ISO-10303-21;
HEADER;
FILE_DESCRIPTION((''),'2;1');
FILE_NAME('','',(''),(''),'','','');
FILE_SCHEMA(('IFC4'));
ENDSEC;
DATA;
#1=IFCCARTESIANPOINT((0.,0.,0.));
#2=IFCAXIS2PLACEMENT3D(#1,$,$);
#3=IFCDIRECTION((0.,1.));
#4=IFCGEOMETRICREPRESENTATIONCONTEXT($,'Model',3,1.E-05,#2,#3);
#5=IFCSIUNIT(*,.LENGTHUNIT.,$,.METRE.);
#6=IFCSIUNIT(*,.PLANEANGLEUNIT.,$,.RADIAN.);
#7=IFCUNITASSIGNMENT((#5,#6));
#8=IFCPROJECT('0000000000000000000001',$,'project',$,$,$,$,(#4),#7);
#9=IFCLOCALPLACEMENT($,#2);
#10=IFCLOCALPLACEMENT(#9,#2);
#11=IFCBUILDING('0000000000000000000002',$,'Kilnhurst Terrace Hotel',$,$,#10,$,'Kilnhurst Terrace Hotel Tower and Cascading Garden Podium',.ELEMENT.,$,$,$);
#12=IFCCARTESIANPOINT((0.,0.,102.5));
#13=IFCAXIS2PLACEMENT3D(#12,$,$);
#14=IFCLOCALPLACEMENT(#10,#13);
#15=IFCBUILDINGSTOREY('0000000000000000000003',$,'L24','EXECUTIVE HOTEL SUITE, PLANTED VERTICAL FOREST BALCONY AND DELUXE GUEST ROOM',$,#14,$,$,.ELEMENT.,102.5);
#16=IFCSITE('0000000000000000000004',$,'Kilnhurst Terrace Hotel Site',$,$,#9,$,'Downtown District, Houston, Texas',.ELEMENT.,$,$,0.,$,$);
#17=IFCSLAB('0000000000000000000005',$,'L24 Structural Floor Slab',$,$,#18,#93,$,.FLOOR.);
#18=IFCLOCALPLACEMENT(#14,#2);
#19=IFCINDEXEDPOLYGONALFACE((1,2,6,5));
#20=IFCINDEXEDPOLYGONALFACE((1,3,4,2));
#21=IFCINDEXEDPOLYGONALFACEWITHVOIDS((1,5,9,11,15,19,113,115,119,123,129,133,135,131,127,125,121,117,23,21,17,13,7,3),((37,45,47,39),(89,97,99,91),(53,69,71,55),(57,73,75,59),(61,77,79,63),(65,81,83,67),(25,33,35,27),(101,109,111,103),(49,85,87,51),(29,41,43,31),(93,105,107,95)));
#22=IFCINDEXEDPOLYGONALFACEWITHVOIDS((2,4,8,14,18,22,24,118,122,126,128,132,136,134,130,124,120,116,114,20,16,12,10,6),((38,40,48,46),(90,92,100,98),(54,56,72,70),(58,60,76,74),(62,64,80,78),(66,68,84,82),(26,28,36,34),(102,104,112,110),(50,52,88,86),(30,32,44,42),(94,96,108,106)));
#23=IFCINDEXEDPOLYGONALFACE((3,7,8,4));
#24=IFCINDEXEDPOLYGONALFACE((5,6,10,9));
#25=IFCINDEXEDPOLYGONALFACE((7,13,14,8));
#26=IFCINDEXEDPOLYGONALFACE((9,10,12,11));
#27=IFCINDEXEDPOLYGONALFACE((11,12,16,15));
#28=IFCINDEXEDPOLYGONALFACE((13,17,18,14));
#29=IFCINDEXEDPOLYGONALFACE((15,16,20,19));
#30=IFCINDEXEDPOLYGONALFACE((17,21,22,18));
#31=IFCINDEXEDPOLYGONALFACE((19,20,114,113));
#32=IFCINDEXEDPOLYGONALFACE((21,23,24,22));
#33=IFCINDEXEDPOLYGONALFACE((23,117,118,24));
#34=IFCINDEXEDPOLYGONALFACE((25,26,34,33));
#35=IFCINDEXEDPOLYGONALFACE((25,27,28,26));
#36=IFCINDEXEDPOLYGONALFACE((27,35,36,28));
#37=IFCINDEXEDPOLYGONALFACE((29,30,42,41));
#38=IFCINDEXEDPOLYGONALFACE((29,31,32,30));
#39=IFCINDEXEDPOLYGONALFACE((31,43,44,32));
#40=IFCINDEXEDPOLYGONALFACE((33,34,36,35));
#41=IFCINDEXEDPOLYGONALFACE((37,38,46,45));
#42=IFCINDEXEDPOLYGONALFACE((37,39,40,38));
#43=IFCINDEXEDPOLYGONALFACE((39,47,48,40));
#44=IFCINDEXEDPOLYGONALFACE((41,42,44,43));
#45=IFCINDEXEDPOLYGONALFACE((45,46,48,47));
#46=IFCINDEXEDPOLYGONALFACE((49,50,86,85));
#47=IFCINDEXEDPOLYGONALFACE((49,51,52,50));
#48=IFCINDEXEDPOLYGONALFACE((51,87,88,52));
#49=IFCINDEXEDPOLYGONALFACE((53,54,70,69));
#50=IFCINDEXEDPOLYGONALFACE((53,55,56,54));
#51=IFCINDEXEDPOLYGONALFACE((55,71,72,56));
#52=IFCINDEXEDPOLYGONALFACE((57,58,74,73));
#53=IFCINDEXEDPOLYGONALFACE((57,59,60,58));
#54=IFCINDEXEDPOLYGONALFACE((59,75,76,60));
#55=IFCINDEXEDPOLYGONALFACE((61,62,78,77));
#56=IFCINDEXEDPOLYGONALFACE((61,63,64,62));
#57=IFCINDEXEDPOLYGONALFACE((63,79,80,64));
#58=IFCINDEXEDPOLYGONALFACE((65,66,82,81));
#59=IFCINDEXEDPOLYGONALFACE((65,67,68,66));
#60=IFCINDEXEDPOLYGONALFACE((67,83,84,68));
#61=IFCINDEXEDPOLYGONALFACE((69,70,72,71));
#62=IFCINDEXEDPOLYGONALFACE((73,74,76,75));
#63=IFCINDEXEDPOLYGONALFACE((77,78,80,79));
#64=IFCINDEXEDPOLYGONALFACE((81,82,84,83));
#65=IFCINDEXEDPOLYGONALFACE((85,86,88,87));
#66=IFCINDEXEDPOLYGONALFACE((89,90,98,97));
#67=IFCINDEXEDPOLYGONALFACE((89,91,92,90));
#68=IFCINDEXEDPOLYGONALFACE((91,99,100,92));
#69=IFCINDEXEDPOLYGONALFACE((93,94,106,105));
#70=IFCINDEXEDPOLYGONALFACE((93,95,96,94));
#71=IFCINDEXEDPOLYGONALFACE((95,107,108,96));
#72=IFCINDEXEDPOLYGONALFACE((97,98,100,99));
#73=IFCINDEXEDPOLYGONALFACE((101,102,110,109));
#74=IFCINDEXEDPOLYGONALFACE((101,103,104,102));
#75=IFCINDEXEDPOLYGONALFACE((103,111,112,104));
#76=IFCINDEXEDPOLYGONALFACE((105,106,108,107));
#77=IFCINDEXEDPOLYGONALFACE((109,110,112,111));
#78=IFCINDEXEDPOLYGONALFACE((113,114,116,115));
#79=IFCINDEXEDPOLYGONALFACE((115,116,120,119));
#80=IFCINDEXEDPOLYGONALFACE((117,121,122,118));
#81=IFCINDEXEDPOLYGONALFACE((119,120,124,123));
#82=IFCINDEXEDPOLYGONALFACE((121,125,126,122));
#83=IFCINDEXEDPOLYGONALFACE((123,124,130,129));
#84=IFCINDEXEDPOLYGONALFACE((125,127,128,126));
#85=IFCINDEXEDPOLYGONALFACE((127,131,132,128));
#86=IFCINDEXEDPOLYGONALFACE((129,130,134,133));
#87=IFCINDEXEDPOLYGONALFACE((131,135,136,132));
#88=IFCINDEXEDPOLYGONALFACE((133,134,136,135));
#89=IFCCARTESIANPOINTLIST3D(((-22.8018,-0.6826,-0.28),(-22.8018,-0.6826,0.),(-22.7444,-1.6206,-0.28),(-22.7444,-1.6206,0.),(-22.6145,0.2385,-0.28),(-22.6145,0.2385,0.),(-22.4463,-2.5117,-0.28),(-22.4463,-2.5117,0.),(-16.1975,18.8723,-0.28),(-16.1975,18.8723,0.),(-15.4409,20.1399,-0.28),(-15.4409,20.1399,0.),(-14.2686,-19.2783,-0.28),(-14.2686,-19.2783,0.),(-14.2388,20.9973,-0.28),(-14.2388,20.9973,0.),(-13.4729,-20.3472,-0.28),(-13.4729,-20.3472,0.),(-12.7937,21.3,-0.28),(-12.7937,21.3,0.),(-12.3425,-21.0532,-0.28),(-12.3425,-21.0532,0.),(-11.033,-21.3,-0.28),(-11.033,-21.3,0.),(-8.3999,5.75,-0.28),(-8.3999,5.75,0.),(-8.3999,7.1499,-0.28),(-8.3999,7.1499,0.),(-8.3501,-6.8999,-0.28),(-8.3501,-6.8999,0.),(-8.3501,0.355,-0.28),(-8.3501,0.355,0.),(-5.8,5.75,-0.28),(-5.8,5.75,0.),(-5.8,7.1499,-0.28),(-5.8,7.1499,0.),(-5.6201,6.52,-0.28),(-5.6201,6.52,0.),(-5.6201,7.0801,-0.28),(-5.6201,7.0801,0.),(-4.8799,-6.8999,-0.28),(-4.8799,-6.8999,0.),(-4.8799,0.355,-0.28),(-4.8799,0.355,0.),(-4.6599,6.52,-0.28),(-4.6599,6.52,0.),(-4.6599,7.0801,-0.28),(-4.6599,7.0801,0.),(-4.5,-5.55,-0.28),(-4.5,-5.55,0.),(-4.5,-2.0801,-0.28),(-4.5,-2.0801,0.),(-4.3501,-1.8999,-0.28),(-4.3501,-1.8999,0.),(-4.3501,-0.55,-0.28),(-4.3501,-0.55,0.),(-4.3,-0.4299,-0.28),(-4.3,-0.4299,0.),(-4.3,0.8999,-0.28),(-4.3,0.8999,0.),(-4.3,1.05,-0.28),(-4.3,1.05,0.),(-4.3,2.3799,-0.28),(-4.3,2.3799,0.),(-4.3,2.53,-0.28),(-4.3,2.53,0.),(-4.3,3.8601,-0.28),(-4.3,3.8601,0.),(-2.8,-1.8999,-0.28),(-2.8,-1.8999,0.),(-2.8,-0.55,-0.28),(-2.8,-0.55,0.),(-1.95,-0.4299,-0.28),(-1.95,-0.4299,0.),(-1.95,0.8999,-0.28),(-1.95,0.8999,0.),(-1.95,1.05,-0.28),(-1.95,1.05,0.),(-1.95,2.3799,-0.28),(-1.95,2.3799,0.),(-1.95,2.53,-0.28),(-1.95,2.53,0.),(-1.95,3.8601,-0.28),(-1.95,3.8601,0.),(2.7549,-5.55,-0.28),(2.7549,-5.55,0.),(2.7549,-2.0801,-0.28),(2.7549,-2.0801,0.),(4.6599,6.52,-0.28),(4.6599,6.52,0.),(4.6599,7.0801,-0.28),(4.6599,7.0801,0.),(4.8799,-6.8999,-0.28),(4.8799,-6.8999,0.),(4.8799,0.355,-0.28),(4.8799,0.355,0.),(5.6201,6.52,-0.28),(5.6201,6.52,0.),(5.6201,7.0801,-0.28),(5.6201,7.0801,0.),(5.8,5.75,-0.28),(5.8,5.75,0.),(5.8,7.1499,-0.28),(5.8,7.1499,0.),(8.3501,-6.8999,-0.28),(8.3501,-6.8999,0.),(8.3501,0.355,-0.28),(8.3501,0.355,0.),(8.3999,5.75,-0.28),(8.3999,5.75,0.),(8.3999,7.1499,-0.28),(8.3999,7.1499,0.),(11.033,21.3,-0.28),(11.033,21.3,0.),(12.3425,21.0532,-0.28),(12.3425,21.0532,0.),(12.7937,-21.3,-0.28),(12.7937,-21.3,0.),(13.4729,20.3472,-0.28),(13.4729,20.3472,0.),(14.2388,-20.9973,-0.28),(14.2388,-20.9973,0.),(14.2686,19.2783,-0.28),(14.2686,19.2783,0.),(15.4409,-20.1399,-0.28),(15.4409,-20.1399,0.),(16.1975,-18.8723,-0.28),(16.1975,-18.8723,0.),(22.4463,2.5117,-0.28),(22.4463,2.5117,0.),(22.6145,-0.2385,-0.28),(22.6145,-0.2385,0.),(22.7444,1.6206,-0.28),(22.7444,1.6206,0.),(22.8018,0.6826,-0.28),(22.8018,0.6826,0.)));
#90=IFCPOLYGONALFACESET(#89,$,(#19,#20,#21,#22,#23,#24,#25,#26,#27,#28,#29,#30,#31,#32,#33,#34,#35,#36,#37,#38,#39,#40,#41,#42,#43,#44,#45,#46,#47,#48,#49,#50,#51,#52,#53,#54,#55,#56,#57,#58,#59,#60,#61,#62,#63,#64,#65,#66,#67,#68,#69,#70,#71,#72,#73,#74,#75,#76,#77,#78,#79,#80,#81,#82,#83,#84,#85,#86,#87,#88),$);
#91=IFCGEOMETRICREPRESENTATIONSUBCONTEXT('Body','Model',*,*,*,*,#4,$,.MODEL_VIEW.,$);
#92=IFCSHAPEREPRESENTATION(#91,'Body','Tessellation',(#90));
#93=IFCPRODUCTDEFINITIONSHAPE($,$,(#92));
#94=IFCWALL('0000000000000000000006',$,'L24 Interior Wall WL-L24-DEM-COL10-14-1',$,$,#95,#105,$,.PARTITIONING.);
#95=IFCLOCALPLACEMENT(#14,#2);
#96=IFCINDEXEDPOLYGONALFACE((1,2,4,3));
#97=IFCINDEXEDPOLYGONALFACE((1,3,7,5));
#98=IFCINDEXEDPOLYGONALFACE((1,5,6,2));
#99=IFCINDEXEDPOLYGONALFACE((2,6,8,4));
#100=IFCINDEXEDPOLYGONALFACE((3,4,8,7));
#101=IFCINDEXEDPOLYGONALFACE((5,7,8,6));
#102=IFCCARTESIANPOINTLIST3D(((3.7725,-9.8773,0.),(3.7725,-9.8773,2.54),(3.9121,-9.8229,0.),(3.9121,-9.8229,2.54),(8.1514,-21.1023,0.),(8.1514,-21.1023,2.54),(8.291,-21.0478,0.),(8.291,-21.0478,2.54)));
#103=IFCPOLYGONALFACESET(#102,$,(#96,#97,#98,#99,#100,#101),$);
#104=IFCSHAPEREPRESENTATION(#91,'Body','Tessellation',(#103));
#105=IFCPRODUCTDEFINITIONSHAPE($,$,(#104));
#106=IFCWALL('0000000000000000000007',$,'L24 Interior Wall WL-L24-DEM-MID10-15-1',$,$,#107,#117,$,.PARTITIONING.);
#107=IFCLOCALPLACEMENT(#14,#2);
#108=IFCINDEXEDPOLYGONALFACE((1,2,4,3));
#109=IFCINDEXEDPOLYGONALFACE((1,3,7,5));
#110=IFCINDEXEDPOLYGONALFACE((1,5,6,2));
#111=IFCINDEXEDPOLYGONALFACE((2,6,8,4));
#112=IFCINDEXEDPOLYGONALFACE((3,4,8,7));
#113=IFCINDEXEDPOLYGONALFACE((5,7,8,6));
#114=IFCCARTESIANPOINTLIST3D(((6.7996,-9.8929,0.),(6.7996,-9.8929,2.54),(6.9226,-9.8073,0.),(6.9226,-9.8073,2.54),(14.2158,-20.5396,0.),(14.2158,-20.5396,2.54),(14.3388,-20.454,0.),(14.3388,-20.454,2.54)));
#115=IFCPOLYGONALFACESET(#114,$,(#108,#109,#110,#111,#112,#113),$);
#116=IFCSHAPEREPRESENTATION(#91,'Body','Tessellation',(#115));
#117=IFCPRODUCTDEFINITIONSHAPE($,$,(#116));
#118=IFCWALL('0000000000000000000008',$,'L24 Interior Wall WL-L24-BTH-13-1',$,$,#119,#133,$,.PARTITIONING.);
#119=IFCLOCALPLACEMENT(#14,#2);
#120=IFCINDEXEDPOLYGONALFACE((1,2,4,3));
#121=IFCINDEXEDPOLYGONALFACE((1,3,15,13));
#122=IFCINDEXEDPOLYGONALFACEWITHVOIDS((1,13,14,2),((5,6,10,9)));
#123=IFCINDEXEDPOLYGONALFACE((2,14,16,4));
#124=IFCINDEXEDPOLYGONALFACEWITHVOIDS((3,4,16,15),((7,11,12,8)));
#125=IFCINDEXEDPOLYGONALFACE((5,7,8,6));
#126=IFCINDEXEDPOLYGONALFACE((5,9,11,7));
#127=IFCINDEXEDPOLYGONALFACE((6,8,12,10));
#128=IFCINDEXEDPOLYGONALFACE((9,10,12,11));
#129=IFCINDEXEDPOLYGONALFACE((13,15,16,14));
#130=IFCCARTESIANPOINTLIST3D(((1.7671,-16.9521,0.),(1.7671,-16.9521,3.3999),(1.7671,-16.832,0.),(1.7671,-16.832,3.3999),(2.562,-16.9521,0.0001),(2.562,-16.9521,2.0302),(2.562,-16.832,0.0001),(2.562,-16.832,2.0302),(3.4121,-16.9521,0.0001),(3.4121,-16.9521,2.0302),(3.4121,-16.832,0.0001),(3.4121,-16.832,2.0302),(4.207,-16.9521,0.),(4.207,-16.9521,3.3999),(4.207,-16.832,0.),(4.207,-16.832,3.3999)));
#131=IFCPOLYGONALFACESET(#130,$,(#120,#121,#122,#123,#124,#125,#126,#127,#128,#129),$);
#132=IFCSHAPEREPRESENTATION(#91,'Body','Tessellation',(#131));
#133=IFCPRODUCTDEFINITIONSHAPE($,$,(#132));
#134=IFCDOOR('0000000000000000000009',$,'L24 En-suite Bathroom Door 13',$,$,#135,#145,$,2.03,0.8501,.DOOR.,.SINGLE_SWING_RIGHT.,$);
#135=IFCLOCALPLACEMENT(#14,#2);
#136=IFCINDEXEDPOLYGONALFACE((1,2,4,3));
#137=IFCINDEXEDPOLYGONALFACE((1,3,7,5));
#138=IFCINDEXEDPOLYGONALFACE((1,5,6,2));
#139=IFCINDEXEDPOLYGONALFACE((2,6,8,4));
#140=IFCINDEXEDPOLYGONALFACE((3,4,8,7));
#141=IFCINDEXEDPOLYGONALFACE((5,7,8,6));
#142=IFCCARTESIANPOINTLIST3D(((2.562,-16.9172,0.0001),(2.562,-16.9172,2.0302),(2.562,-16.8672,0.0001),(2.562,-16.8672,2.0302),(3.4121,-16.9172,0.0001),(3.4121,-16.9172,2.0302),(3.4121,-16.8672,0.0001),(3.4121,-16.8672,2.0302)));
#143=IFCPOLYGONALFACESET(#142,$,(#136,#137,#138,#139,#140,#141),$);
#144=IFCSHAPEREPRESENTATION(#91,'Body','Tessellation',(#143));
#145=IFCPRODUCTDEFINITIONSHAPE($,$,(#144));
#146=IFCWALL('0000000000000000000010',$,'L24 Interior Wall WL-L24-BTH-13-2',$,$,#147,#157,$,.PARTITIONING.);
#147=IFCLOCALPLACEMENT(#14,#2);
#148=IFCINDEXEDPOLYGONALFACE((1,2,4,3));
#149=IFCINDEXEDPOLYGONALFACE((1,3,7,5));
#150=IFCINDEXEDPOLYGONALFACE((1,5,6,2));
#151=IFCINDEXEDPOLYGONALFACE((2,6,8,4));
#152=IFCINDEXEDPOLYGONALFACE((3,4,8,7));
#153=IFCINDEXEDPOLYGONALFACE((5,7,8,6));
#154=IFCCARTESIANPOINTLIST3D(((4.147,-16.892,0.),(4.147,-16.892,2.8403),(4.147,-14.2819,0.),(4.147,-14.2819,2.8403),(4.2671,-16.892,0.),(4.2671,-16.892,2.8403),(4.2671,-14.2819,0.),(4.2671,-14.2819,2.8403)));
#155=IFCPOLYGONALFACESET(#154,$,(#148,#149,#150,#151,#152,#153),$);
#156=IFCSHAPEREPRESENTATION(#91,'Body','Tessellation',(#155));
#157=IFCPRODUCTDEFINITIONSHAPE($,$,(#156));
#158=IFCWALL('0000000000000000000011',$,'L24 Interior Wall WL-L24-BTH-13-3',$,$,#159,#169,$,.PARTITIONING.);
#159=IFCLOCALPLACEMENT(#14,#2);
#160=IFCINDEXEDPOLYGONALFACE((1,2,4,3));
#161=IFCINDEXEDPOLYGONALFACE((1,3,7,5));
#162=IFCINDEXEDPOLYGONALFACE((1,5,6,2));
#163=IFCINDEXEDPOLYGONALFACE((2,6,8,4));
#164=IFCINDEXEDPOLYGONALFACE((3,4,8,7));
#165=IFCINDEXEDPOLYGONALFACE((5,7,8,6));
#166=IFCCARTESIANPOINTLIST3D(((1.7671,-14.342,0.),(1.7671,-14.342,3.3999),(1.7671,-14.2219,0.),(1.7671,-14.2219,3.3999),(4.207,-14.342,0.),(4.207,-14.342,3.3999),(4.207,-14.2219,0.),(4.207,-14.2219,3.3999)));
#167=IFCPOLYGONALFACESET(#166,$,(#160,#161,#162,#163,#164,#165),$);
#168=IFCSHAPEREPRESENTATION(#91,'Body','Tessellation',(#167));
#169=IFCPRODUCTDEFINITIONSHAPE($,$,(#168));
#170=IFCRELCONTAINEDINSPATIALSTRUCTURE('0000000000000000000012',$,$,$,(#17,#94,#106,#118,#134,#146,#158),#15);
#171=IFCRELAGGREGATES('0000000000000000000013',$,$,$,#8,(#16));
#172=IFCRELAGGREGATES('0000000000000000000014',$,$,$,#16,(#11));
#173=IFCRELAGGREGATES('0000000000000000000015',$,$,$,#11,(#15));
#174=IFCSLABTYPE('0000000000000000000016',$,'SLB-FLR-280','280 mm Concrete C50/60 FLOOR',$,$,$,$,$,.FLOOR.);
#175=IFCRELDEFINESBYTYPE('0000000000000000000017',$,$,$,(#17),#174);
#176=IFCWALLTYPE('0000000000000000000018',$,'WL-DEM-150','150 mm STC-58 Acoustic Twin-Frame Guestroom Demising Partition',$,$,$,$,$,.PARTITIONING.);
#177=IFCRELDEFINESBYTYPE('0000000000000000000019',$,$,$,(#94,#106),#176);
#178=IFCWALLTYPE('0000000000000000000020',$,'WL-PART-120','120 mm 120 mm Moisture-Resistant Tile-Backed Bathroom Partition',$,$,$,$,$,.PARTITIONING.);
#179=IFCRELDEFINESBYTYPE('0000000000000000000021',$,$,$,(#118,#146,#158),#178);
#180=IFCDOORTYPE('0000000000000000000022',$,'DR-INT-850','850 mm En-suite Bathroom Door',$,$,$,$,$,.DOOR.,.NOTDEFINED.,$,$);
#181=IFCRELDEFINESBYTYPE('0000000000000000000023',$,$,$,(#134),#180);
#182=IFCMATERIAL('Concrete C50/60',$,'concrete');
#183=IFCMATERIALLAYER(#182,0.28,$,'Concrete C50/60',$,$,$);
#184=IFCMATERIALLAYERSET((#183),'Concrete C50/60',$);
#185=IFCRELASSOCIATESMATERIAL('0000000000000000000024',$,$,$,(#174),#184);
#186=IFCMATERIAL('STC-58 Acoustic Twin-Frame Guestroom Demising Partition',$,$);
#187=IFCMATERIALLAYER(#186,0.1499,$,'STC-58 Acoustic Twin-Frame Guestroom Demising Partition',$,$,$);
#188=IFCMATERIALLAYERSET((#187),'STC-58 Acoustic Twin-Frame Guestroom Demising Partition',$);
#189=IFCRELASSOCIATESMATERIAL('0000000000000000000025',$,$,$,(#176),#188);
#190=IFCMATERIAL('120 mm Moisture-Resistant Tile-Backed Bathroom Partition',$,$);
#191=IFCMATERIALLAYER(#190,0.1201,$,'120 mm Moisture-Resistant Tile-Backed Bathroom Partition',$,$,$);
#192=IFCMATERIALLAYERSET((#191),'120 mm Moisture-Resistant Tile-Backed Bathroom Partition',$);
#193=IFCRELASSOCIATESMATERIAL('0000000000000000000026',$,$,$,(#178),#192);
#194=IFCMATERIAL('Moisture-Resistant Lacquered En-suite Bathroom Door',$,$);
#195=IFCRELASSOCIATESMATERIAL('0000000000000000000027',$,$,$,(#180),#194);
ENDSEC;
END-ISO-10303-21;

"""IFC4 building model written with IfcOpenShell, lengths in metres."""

from ifc_helpers import new_model, si_unit, direction, frame, frame_2d, origin, place, context, subcontext, project, spatial, polyline, rectangle, outline, extrude, material, layer, layer_set, type_object, element, fill, save


model = new_model("IFC4")

# Units and contexts
model_context = context("Model", 3, precision=1e-05, world=origin(), true_north=direction((0.0, 1.0)))
body_context = subcontext(model_context, "Body", "Model", "MODEL_VIEW")
ifc_project = project(units=[si_unit("LENGTHUNIT", "METRE"), si_unit("PLANEANGLEUNIT", "RADIAN")], contexts=[model_context])

# Site, building, storey
site_placement = place(None, origin())
site = spatial("IfcSite", under=ifc_project, at=site_placement, Name="Kilnhurst Terrace Hotel Site", LongName="Downtown District, Houston, Texas", CompositionType="ELEMENT", RefElevation=0.0)
building_placement = place(site_placement, origin())
building = spatial("IfcBuilding", under=site, at=building_placement, Name="Kilnhurst Terrace Hotel", LongName="Kilnhurst Terrace Hotel Tower and Cascading Garden Podium", CompositionType="ELEMENT")
storey_placement = place(building_placement, frame((0.0, 0.0, 102.5)))
storey = spatial("IfcBuildingStorey", under=building, at=storey_placement, Name="L24", Description="EXECUTIVE HOTEL SUITE, PLANTED VERTICAL FOREST BALCONY AND DELUXE GUEST ROOM", CompositionType="ELEMENT", Elevation=102.5)

# Shared definitions
ifc_material_1 = material(Name="Concrete C50/60", Category="concrete")

# Slab
ifc_layer_1 = layer(ifc_material_1, 0.28, Name="Concrete C50/60")
ifc_layer_set_1 = layer_set([ifc_layer_1], Name="Concrete C50/60")
slab_type_1 = type_object("IfcSlabType", Name="SLB-FLR-280", Description="280 mm Concrete C50/60 FLOOR", PredefinedType="FLOOR", material=ifc_layer_set_1)
slab_1_placement = place(storey_placement, frame((0.0, 0.0, -0.28)))
element("IfcSlab", 1, at=slab_1_placement, inside=storey, type_object=slab_type_1, Name="L24 Structural Floor Slab", PredefinedType="FLOOR", context=body_context, shape_type="SweptSolid", body=[
    extrude(outline(polyline([(-14.2686, -19.2783), (-13.4729, -20.3472), (-12.3425, -21.0532), (-11.033, -21.3), (12.7937, -21.3), (14.2388, -20.9973), (15.4409, -20.1399), (16.1975, -18.8723), (22.6145, -0.2385), (22.8018, 0.6826), (22.7444, 1.6206), (22.4463, 2.5117), (14.2686, 19.2783), (13.4729, 20.3472), (12.3425, 21.0532), (11.033, 21.3), (-12.7937, 21.3), (-14.2388, 20.9973), (-15.4409, 20.1399), (-16.1975, 18.8723), (-22.6145, 0.2385), (-22.8018, -0.6826), (-22.7444, -1.6206), (-22.4463, -2.5117), (-14.2686, -19.2783)]), holes=[polyline([(-8.3501, 0.355), (-4.8799, 0.355), (-4.8799, -6.8999), (-8.3501, -6.8999), (-8.3501, 0.355)]), polyline([(-2.8, -1.8999), (-4.3501, -1.8999), (-4.3501, -0.55), (-2.8, -0.55), (-2.8, -1.8999)]), polyline([(-1.95, -0.4299), (-4.3, -0.4299), (-4.3, 0.8999), (-1.95, 0.8999), (-1.95, -0.4299)]), polyline([(-4.3, 1.05), (-4.3, 2.3799), (-1.95, 2.3799), (-1.95, 1.05), (-4.3, 1.05)]), polyline([(-8.3999, 5.75), (-8.3999, 7.1499), (-5.8, 7.1499), (-5.8, 5.75), (-8.3999, 5.75)]), polyline([(-4.6599, 6.52), (-5.6201, 6.52), (-5.6201, 7.0801), (-4.6599, 7.0801), (-4.6599, 6.52)]), polyline([(2.7549, -5.55), (-4.5, -5.55), (-4.5, -2.0801), (2.7549, -2.0801), (2.7549, -5.55)]), polyline([(8.3501, 0.355), (8.3501, -6.8999), (4.8799, -6.8999), (4.8799, 0.355), (8.3501, 0.355)]), polyline([(-1.95, 2.53), (-4.3, 2.53), (-4.3, 3.8601), (-1.95, 3.8601), (-1.95, 2.53)]), polyline([(5.8, 5.75), (5.8, 7.1499), (8.3999, 7.1499), (8.3999, 5.75), (5.8, 5.75)]), polyline([(4.6599, 6.52), (4.6599, 7.0801), (5.6201, 7.0801), (5.6201, 6.52), (4.6599, 6.52)])]), origin(), (0.0, 0.0, 1.0), 0.28),
])

# Walls
ifc_material_2 = material(Name="STC-58 Acoustic Twin-Frame Guestroom Demising Partition")
ifc_layer_2 = layer(ifc_material_2, 0.1499, Name="STC-58 Acoustic Twin-Frame Guestroom Demising Partition")
ifc_layer_set_2 = layer_set([ifc_layer_2], Name="STC-58 Acoustic Twin-Frame Guestroom Demising Partition")
wall_type_1 = type_object("IfcWallType", Name="WL-DEM-150", Description="150 mm STC-58 Acoustic Twin-Frame Guestroom Demising Partition", PredefinedType="PARTITIONING", material=ifc_layer_set_2)
wall_1_placement = place(storey_placement, frame((3.8423, -9.8501, 0.0), z_axis=(0.0, 0.0, 1.0), x_axis=(0.363433, -0.93162, 0.0)))
element("IfcWall", 2, at=wall_1_placement, inside=storey, type_object=wall_type_1, Name="L24 Interior Wall WL-L24-DEM-COL10-14-1", PredefinedType="PARTITIONING", context=body_context, shape_type="SweptSolid", body=[
    extrude(rectangle(XDim=12.0488, YDim=0.1499, at=frame_2d((6.0244, 0.0))), origin(), (0.0, 0.0, 1.0), 2.54),
])
wall_2_placement = place(storey_placement, frame((6.8611, -9.8501, 0.0), z_axis=(0.0, 0.0, 1.0), x_axis=(0.571575, -0.82055, 0.0)))
element("IfcWall", 3, at=wall_2_placement, inside=storey, type_object=wall_type_1, Name="L24 Interior Wall WL-L24-DEM-MID10-15-1", PredefinedType="PARTITIONING", context=body_context, shape_type="SweptSolid", body=[
    extrude(rectangle(XDim=12.9751, YDim=0.1499, at=frame_2d((6.4875, 0.0))), origin(), (0.0, 0.0, 1.0), 2.54),
])

# Wall, opening, door
ifc_material_3 = material(Name="120 mm Moisture-Resistant Tile-Backed Bathroom Partition")
ifc_layer_3 = layer(ifc_material_3, 0.1201, Name="120 mm Moisture-Resistant Tile-Backed Bathroom Partition")
ifc_layer_set_3 = layer_set([ifc_layer_3], Name="120 mm Moisture-Resistant Tile-Backed Bathroom Partition")
wall_type_2 = type_object("IfcWallType", Name="WL-PART-120", Description="120 mm 120 mm Moisture-Resistant Tile-Backed Bathroom Partition", PredefinedType="PARTITIONING", material=ifc_layer_set_3)
wall_3_placement = place(storey_placement, frame((1.7671, -16.8921, 0.0), z_axis=(0.0, 0.0, 1.0), x_axis=(1.0, 0.0, 0.0)))
wall_3 = element("IfcWall", 4, at=wall_3_placement, inside=storey, type_object=wall_type_2, Name="L24 Interior Wall WL-L24-BTH-13-1", PredefinedType="PARTITIONING", context=body_context, shape_type="SweptSolid", body=[
    extrude(rectangle(XDim=2.4399, YDim=0.1201, at=frame_2d((1.22, 0.0))), origin(), (0.0, 0.0, 1.0), 3.3999),
])
opening_placement = place(wall_3_placement, frame((0.7949, 0.0, 0.0)))
opening = element("IfcOpeningElement", 5, at=opening_placement, cuts=wall_3, PredefinedType="OPENING", context=body_context, shape_type="SweptSolid", body=[
    extrude(rectangle(XDim=0.8501, YDim=2.03, at=frame_2d((0.425, 1.0151))), frame((0.0, 0.0701, 0.0), z_axis=(0.0, -1.0, 0.0), x_axis=(1.0, 0.0, 0.0)), (0.0, 0.0, 1.0), 0.1401),
])
ifc_material_4 = material(Name="Moisture-Resistant Lacquered En-suite Bathroom Door")
door_type = type_object("IfcDoorType", Name="DR-INT-850", Description="850 mm En-suite Bathroom Door", OperationType="NOTDEFINED", PredefinedType="DOOR", material=ifc_material_4)
door_placement = place(opening_placement, origin())
door = element("IfcDoor", 6, at=door_placement, inside=storey, type_object=door_type, Name="L24 En-suite Bathroom Door 13", OperationType="SINGLE_SWING_RIGHT", OverallHeight=2.03, OverallWidth=0.8501, PredefinedType="DOOR", context=body_context, shape_type="SweptSolid", body=[
    extrude(rectangle(XDim=0.8501, YDim=2.03, at=frame_2d((0.425, 1.0151))), frame((0.0, 0.0249, 0.0), z_axis=(0.0, -1.0, 0.0), x_axis=(1.0, 0.0, 0.0)), (0.0, 0.0, 1.0), 0.05),
])
fill(opening, door)

# Walls
wall_4_placement = place(storey_placement, frame((4.207, -16.8921, 0.0), z_axis=(0.0, 0.0, 1.0), x_axis=(0.0, 1.0, 0.0)))
element("IfcWall", 7, at=wall_4_placement, inside=storey, type_object=wall_type_2, Name="L24 Interior Wall WL-L24-BTH-13-2", PredefinedType="PARTITIONING", context=body_context, shape_type="SweptSolid", body=[
    extrude(rectangle(XDim=2.6101, YDim=0.1201, at=frame_2d((1.3052, 0.0))), origin(), (0.0, 0.0, 1.0), 2.8403),
])
wall_5_placement = place(storey_placement, frame((4.207, -14.282, 0.0), z_axis=(0.0, 0.0, 1.0), x_axis=(-1.0, 0.0, 0.0)))
element("IfcWall", 8, at=wall_5_placement, inside=storey, type_object=wall_type_2, Name="L24 Interior Wall WL-L24-BTH-13-3", PredefinedType="PARTITIONING", context=body_context, shape_type="SweptSolid", body=[
    extrude(rectangle(XDim=2.4399, YDim=0.1201, at=frame_2d((1.22, 0.0))), origin(), (0.0, 0.0, 1.0), 3.3999),
])

save(model, "model.ifc")
